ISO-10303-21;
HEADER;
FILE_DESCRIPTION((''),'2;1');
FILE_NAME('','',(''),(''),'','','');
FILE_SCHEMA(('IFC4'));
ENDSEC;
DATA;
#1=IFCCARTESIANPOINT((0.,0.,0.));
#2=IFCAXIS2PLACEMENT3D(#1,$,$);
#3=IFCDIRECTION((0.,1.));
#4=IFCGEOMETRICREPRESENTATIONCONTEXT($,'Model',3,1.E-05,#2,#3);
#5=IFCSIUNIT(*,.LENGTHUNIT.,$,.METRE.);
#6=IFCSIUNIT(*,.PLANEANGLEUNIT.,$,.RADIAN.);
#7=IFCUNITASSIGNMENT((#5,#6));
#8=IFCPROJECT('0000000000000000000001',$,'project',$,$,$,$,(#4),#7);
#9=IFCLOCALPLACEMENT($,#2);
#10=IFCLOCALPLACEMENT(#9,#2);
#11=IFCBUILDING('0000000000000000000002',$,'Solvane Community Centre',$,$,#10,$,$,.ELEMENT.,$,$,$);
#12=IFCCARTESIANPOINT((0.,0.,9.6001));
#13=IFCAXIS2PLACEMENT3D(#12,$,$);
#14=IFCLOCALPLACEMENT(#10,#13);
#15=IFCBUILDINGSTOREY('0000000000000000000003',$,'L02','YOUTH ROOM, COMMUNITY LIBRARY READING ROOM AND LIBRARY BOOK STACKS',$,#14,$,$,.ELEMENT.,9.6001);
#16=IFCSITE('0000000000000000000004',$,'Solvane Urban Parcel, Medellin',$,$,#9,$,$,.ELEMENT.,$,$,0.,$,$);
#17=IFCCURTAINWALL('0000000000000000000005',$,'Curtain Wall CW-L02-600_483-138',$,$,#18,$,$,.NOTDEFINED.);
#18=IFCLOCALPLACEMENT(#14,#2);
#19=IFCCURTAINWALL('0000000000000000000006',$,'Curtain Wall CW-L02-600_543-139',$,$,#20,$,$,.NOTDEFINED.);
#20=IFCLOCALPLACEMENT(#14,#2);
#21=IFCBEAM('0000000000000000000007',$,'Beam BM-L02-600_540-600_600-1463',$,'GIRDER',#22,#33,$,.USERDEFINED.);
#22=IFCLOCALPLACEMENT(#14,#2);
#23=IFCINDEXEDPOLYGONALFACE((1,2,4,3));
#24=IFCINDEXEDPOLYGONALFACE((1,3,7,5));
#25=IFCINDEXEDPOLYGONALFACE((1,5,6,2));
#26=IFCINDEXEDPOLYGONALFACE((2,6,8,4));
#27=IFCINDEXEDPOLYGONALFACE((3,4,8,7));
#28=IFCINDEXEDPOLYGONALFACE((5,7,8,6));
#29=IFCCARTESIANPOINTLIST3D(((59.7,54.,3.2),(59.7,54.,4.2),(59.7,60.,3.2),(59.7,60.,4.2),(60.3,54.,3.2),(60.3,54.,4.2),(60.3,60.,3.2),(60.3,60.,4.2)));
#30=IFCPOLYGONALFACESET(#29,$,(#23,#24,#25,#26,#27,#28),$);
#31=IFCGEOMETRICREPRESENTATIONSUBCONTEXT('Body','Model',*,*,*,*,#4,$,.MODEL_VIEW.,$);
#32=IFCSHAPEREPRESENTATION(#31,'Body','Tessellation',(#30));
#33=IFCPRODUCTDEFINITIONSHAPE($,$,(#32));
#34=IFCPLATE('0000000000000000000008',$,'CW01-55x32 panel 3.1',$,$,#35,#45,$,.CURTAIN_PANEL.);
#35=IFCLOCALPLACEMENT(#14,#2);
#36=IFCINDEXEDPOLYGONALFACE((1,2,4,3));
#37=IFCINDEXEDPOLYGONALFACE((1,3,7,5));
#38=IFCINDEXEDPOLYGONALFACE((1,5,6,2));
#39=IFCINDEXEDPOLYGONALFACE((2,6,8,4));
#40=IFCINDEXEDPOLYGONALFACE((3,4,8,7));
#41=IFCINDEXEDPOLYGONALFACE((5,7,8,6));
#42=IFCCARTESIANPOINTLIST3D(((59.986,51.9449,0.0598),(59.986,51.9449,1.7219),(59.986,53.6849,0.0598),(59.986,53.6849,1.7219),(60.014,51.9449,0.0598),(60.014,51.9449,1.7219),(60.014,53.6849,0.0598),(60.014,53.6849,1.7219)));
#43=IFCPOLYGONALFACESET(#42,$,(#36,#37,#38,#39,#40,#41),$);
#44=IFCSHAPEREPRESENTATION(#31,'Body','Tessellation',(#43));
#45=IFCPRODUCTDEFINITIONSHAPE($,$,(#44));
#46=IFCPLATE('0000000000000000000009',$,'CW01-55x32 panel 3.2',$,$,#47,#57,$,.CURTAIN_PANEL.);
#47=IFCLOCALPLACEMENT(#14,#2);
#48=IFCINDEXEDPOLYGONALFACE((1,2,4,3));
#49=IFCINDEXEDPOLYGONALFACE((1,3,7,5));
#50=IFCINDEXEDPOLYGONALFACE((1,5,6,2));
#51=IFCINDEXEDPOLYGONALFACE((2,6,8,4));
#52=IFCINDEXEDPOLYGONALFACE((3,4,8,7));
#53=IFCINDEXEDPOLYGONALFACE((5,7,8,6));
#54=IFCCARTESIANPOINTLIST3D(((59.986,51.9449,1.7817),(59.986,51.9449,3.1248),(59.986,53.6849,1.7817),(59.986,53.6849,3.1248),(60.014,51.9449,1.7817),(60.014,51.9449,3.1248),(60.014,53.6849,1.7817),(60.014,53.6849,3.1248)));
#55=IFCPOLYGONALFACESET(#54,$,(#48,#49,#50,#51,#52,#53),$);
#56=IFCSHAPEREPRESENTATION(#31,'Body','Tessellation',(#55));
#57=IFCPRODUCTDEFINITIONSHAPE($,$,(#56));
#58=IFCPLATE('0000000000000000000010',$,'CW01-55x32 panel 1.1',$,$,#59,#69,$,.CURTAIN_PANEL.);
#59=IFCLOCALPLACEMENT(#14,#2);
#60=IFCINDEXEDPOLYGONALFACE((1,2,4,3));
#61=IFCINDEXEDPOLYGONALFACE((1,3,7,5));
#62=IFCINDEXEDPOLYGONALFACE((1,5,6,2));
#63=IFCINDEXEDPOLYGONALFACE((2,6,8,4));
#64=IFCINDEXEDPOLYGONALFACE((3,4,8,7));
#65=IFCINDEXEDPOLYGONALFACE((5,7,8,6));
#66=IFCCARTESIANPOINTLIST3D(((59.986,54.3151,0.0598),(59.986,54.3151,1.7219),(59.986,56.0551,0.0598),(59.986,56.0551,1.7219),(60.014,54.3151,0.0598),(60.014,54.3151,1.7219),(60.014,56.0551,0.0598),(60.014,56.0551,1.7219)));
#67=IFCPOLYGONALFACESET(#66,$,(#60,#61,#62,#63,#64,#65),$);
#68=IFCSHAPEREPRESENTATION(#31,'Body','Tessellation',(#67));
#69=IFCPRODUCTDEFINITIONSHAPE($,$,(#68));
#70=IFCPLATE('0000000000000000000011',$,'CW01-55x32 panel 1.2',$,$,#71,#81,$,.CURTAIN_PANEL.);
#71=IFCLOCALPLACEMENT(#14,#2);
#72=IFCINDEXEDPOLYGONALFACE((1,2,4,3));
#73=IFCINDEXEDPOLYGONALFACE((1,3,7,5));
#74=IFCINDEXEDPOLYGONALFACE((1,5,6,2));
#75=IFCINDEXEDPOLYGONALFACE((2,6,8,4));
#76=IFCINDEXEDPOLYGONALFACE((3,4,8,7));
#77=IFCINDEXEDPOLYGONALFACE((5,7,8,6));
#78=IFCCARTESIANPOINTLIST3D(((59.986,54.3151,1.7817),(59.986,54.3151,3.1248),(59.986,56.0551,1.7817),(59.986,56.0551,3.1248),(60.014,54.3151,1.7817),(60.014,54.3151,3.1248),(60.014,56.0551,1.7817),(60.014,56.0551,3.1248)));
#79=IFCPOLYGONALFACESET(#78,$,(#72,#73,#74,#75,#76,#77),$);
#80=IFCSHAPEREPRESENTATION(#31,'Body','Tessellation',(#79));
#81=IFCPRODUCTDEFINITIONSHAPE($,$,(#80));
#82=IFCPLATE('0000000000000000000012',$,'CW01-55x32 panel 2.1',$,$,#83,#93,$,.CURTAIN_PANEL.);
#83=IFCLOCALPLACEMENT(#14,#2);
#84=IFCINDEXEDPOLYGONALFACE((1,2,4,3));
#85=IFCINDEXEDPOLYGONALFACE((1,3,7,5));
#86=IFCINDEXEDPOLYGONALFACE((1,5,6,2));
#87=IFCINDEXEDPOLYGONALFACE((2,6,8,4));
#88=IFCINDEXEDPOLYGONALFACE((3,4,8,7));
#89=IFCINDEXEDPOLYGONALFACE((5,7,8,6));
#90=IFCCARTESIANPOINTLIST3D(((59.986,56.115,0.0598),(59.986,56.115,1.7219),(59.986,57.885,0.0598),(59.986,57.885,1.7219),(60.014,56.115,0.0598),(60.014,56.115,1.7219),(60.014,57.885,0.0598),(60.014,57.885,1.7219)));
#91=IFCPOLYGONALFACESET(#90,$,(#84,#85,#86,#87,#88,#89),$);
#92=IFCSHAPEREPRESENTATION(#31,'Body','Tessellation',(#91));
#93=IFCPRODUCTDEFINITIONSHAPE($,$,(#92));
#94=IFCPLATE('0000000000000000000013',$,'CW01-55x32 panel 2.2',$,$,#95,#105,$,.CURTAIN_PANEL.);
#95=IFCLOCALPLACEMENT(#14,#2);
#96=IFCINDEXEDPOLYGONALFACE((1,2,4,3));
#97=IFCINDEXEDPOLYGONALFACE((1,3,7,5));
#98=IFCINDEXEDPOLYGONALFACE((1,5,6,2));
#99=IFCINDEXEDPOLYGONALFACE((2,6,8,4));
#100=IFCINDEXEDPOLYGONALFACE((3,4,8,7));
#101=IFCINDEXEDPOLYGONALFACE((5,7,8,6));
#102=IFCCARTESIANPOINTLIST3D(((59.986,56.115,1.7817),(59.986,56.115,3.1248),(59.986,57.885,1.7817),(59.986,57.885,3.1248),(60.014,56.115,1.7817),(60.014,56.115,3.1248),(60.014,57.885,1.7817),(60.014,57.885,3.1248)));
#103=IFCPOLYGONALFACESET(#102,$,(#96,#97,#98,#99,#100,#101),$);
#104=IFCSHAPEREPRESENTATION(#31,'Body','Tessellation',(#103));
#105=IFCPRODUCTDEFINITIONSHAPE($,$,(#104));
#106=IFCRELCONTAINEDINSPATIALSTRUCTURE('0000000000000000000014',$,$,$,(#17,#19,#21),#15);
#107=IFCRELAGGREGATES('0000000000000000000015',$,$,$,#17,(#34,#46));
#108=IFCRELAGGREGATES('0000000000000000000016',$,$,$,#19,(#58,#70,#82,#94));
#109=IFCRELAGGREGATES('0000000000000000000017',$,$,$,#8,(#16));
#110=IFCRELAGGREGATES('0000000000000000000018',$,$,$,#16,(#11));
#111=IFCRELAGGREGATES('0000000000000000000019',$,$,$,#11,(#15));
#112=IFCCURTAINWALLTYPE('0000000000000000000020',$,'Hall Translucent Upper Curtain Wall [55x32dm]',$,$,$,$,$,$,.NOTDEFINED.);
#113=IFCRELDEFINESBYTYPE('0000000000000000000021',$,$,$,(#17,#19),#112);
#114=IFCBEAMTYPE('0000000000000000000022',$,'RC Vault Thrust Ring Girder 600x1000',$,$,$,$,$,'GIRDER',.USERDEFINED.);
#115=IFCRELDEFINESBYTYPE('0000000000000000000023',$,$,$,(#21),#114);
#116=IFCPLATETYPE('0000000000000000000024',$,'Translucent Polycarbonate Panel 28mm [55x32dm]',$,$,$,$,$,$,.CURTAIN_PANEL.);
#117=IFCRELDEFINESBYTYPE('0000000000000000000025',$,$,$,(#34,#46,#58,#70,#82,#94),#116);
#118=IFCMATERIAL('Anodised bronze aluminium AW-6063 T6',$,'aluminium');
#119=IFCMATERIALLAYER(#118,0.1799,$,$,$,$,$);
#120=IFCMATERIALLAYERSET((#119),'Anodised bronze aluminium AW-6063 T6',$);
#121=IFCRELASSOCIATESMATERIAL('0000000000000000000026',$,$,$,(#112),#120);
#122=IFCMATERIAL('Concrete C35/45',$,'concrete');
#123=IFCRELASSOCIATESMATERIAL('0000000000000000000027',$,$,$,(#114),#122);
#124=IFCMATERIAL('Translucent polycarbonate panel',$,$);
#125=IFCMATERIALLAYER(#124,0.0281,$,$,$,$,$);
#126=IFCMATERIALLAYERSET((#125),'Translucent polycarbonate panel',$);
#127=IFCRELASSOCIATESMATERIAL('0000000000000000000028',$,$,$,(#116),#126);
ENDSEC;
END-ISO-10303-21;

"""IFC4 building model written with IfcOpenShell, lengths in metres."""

from ifc_helpers import new_model, si_unit, direction, frame, origin, origin_2d, place, context, subcontext, project, spatial, rectangle, extrude, material, layer, layer_set, material_profile, profile_set, type_object, element, aggregate, save


model = new_model("IFC4")

# Units and contexts
model_context = context("Model", 3, precision=1e-05, world=origin(), true_north=direction((0.0, 1.0)))
body_context = subcontext(model_context, "Body", "Model", "MODEL_VIEW")
ifc_project = project(units=[si_unit("LENGTHUNIT", "METRE"), si_unit("PLANEANGLEUNIT", "RADIAN")], contexts=[model_context])

# Site, building, storey
site_placement = place(None, origin())
site = spatial("IfcSite", under=ifc_project, at=site_placement, Name="Solvane Urban Parcel, Medellin", CompositionType="ELEMENT", RefElevation=0.0)
building_placement = place(site_placement, origin())
building = spatial("IfcBuilding", under=site, at=building_placement, Name="Solvane Community Centre", CompositionType="ELEMENT")
storey_placement = place(building_placement, frame((0.0, 0.0, 9.6001)))
storey = spatial("IfcBuildingStorey", under=building, at=storey_placement, Name="L02", Description="YOUTH ROOM, COMMUNITY LIBRARY READING ROOM AND LIBRARY BOOK STACKS", CompositionType="ELEMENT", Elevation=9.6001)

# Curtain wall
ifc_material_1 = material(Name="Anodised bronze aluminium AW-6063 T6", Category="aluminium")
ifc_layer_1 = layer(ifc_material_1, 0.1799)
ifc_layer_set_1 = layer_set([ifc_layer_1], Name="Anodised bronze aluminium AW-6063 T6")
curtain_wall_type = type_object("IfcCurtainWallType", Name="Hall Translucent Upper Curtain Wall [55x32dm]", PredefinedType="NOTDEFINED", material=ifc_layer_set_1)
curtain_wall_1_placement = place(storey_placement, origin())
curtain_wall_1 = element("IfcCurtainWall", 1, at=curtain_wall_1_placement, inside=storey, type_object=curtain_wall_type, Name="Curtain Wall CW-L02-600_483-138", PredefinedType="NOTDEFINED")

# Curtain wall
curtain_wall_2_placement = place(storey_placement, origin())
curtain_wall_2 = element("IfcCurtainWall", 2, at=curtain_wall_2_placement, inside=storey, type_object=curtain_wall_type, Name="Curtain Wall CW-L02-600_543-139", PredefinedType="NOTDEFINED")

# Beam
ifc_material_2 = material(Name="Concrete C35/45", Category="concrete")
ifc_material_profile_1 = material_profile(ifc_material_2, rectangle(XDim=0.6001, YDim=1.0, at=origin_2d()), Name="RC 600x1000")
ifc_profile_set_1 = profile_set([ifc_material_profile_1], Name="Concrete C35/45")
beam_type_1 = type_object("IfcBeamType", Name="RC Vault Thrust Ring Girder 600x1000", ElementType="GIRDER", PredefinedType="USERDEFINED", material=ifc_profile_set_1)
for number, where, z_axis, x_axis, name in (
    (3, (60.0, 54.0, 3.7), (0.0, 1.0, 0.0), (-1.0, 0.0, 0.0), "Beam BM-L02-600_540-600_600-1463"),
):
    element("IfcBeam", number, at=place(storey_placement, frame(where, z_axis=z_axis, x_axis=x_axis)), inside=storey, type_object=beam_type_1, Name=name, ObjectType="GIRDER", PredefinedType="USERDEFINED", context=body_context, shape_type="SweptSolid", body=[
        extrude(rectangle(XDim=0.6001, YDim=1.0, at=origin_2d()), origin(), (0.0, 0.0, 1.0), 6.0),
    ])

# Plates
ifc_material_3 = material(Name="Translucent polycarbonate panel")
ifc_layer_2 = layer(ifc_material_3, 0.0281)
ifc_layer_set_2 = layer_set([ifc_layer_2], Name="Translucent polycarbonate panel")
plate_type = type_object("IfcPlateType", Name="Translucent Polycarbonate Panel 28mm [55x32dm]", PredefinedType="CURTAIN_PANEL", material=ifc_layer_set_2)
plate_1_placement = place(storey_placement, frame((60.0, 52.8149, 0.0598), z_axis=(0.0, 0.0, 1.0), x_axis=(0.0, 1.0, 0.0)))
plate_1 = element("IfcPlate", 4, at=plate_1_placement, type_object=plate_type, Name="CW01-55x32 panel 3.1", PredefinedType="CURTAIN_PANEL", context=body_context, shape_type="SweptSolid", body=[
    extrude(rectangle(XDim=1.74, YDim=0.0281, at=origin_2d()), origin(), (0.0, 0.0, 1.0), 1.6621),
])
plate_2_placement = place(storey_placement, frame((60.0, 52.8149, 1.7817), z_axis=(0.0, 0.0, 1.0), x_axis=(0.0, 1.0, 0.0)))
plate_2 = element("IfcPlate", 5, at=plate_2_placement, type_object=plate_type, Name="CW01-55x32 panel 3.2", PredefinedType="CURTAIN_PANEL", context=body_context, shape_type="SweptSolid", body=[
    extrude(rectangle(XDim=1.74, YDim=0.0281, at=origin_2d()), origin(), (0.0, 0.0, 1.0), 1.343),
])
aggregate(curtain_wall_1, [plate_1, plate_2])
plate_3_placement = place(storey_placement, frame((60.0, 55.1851, 0.0598), z_axis=(0.0, 0.0, 1.0), x_axis=(0.0, 1.0, 0.0)))
plate_3 = element("IfcPlate", 6, at=plate_3_placement, type_object=plate_type, Name="CW01-55x32 panel 1.1", PredefinedType="CURTAIN_PANEL", context=body_context, shape_type="SweptSolid", body=[
    extrude(rectangle(XDim=1.74, YDim=0.0281, at=origin_2d()), origin(), (0.0, 0.0, 1.0), 1.6621),
])
plate_4_placement = place(storey_placement, frame((60.0, 55.1851, 1.7817), z_axis=(0.0, 0.0, 1.0), x_axis=(0.0, 1.0, 0.0)))
plate_4 = element("IfcPlate", 7, at=plate_4_placement, type_object=plate_type, Name="CW01-55x32 panel 1.2", PredefinedType="CURTAIN_PANEL", context=body_context, shape_type="SweptSolid", body=[
    extrude(rectangle(XDim=1.74, YDim=0.0281, at=origin_2d()), origin(), (0.0, 0.0, 1.0), 1.343),
])
plate_5_placement = place(storey_placement, frame((60.0, 57.0, 0.0598), z_axis=(0.0, 0.0, 1.0), x_axis=(0.0, 1.0, 0.0)))
plate_5 = element("IfcPlate", 8, at=plate_5_placement, type_object=plate_type, Name="CW01-55x32 panel 2.1", PredefinedType="CURTAIN_PANEL", context=body_context, shape_type="SweptSolid", body=[
    extrude(rectangle(XDim=1.77, YDim=0.0281, at=origin_2d()), origin(), (0.0, 0.0, 1.0), 1.6621),
])
plate_6_placement = place(storey_placement, frame((60.0, 57.0, 1.7817), z_axis=(0.0, 0.0, 1.0), x_axis=(0.0, 1.0, 0.0)))
plate_6 = element("IfcPlate", 9, at=plate_6_placement, type_object=plate_type, Name="CW01-55x32 panel 2.2", PredefinedType="CURTAIN_PANEL", context=body_context, shape_type="SweptSolid", body=[
    extrude(rectangle(XDim=1.77, YDim=0.0281, at=origin_2d()), origin(), (0.0, 0.0, 1.0), 1.343),
])
aggregate(curtain_wall_2, [plate_3, plate_4, plate_5, plate_6])

save(model, "model.ifc")
